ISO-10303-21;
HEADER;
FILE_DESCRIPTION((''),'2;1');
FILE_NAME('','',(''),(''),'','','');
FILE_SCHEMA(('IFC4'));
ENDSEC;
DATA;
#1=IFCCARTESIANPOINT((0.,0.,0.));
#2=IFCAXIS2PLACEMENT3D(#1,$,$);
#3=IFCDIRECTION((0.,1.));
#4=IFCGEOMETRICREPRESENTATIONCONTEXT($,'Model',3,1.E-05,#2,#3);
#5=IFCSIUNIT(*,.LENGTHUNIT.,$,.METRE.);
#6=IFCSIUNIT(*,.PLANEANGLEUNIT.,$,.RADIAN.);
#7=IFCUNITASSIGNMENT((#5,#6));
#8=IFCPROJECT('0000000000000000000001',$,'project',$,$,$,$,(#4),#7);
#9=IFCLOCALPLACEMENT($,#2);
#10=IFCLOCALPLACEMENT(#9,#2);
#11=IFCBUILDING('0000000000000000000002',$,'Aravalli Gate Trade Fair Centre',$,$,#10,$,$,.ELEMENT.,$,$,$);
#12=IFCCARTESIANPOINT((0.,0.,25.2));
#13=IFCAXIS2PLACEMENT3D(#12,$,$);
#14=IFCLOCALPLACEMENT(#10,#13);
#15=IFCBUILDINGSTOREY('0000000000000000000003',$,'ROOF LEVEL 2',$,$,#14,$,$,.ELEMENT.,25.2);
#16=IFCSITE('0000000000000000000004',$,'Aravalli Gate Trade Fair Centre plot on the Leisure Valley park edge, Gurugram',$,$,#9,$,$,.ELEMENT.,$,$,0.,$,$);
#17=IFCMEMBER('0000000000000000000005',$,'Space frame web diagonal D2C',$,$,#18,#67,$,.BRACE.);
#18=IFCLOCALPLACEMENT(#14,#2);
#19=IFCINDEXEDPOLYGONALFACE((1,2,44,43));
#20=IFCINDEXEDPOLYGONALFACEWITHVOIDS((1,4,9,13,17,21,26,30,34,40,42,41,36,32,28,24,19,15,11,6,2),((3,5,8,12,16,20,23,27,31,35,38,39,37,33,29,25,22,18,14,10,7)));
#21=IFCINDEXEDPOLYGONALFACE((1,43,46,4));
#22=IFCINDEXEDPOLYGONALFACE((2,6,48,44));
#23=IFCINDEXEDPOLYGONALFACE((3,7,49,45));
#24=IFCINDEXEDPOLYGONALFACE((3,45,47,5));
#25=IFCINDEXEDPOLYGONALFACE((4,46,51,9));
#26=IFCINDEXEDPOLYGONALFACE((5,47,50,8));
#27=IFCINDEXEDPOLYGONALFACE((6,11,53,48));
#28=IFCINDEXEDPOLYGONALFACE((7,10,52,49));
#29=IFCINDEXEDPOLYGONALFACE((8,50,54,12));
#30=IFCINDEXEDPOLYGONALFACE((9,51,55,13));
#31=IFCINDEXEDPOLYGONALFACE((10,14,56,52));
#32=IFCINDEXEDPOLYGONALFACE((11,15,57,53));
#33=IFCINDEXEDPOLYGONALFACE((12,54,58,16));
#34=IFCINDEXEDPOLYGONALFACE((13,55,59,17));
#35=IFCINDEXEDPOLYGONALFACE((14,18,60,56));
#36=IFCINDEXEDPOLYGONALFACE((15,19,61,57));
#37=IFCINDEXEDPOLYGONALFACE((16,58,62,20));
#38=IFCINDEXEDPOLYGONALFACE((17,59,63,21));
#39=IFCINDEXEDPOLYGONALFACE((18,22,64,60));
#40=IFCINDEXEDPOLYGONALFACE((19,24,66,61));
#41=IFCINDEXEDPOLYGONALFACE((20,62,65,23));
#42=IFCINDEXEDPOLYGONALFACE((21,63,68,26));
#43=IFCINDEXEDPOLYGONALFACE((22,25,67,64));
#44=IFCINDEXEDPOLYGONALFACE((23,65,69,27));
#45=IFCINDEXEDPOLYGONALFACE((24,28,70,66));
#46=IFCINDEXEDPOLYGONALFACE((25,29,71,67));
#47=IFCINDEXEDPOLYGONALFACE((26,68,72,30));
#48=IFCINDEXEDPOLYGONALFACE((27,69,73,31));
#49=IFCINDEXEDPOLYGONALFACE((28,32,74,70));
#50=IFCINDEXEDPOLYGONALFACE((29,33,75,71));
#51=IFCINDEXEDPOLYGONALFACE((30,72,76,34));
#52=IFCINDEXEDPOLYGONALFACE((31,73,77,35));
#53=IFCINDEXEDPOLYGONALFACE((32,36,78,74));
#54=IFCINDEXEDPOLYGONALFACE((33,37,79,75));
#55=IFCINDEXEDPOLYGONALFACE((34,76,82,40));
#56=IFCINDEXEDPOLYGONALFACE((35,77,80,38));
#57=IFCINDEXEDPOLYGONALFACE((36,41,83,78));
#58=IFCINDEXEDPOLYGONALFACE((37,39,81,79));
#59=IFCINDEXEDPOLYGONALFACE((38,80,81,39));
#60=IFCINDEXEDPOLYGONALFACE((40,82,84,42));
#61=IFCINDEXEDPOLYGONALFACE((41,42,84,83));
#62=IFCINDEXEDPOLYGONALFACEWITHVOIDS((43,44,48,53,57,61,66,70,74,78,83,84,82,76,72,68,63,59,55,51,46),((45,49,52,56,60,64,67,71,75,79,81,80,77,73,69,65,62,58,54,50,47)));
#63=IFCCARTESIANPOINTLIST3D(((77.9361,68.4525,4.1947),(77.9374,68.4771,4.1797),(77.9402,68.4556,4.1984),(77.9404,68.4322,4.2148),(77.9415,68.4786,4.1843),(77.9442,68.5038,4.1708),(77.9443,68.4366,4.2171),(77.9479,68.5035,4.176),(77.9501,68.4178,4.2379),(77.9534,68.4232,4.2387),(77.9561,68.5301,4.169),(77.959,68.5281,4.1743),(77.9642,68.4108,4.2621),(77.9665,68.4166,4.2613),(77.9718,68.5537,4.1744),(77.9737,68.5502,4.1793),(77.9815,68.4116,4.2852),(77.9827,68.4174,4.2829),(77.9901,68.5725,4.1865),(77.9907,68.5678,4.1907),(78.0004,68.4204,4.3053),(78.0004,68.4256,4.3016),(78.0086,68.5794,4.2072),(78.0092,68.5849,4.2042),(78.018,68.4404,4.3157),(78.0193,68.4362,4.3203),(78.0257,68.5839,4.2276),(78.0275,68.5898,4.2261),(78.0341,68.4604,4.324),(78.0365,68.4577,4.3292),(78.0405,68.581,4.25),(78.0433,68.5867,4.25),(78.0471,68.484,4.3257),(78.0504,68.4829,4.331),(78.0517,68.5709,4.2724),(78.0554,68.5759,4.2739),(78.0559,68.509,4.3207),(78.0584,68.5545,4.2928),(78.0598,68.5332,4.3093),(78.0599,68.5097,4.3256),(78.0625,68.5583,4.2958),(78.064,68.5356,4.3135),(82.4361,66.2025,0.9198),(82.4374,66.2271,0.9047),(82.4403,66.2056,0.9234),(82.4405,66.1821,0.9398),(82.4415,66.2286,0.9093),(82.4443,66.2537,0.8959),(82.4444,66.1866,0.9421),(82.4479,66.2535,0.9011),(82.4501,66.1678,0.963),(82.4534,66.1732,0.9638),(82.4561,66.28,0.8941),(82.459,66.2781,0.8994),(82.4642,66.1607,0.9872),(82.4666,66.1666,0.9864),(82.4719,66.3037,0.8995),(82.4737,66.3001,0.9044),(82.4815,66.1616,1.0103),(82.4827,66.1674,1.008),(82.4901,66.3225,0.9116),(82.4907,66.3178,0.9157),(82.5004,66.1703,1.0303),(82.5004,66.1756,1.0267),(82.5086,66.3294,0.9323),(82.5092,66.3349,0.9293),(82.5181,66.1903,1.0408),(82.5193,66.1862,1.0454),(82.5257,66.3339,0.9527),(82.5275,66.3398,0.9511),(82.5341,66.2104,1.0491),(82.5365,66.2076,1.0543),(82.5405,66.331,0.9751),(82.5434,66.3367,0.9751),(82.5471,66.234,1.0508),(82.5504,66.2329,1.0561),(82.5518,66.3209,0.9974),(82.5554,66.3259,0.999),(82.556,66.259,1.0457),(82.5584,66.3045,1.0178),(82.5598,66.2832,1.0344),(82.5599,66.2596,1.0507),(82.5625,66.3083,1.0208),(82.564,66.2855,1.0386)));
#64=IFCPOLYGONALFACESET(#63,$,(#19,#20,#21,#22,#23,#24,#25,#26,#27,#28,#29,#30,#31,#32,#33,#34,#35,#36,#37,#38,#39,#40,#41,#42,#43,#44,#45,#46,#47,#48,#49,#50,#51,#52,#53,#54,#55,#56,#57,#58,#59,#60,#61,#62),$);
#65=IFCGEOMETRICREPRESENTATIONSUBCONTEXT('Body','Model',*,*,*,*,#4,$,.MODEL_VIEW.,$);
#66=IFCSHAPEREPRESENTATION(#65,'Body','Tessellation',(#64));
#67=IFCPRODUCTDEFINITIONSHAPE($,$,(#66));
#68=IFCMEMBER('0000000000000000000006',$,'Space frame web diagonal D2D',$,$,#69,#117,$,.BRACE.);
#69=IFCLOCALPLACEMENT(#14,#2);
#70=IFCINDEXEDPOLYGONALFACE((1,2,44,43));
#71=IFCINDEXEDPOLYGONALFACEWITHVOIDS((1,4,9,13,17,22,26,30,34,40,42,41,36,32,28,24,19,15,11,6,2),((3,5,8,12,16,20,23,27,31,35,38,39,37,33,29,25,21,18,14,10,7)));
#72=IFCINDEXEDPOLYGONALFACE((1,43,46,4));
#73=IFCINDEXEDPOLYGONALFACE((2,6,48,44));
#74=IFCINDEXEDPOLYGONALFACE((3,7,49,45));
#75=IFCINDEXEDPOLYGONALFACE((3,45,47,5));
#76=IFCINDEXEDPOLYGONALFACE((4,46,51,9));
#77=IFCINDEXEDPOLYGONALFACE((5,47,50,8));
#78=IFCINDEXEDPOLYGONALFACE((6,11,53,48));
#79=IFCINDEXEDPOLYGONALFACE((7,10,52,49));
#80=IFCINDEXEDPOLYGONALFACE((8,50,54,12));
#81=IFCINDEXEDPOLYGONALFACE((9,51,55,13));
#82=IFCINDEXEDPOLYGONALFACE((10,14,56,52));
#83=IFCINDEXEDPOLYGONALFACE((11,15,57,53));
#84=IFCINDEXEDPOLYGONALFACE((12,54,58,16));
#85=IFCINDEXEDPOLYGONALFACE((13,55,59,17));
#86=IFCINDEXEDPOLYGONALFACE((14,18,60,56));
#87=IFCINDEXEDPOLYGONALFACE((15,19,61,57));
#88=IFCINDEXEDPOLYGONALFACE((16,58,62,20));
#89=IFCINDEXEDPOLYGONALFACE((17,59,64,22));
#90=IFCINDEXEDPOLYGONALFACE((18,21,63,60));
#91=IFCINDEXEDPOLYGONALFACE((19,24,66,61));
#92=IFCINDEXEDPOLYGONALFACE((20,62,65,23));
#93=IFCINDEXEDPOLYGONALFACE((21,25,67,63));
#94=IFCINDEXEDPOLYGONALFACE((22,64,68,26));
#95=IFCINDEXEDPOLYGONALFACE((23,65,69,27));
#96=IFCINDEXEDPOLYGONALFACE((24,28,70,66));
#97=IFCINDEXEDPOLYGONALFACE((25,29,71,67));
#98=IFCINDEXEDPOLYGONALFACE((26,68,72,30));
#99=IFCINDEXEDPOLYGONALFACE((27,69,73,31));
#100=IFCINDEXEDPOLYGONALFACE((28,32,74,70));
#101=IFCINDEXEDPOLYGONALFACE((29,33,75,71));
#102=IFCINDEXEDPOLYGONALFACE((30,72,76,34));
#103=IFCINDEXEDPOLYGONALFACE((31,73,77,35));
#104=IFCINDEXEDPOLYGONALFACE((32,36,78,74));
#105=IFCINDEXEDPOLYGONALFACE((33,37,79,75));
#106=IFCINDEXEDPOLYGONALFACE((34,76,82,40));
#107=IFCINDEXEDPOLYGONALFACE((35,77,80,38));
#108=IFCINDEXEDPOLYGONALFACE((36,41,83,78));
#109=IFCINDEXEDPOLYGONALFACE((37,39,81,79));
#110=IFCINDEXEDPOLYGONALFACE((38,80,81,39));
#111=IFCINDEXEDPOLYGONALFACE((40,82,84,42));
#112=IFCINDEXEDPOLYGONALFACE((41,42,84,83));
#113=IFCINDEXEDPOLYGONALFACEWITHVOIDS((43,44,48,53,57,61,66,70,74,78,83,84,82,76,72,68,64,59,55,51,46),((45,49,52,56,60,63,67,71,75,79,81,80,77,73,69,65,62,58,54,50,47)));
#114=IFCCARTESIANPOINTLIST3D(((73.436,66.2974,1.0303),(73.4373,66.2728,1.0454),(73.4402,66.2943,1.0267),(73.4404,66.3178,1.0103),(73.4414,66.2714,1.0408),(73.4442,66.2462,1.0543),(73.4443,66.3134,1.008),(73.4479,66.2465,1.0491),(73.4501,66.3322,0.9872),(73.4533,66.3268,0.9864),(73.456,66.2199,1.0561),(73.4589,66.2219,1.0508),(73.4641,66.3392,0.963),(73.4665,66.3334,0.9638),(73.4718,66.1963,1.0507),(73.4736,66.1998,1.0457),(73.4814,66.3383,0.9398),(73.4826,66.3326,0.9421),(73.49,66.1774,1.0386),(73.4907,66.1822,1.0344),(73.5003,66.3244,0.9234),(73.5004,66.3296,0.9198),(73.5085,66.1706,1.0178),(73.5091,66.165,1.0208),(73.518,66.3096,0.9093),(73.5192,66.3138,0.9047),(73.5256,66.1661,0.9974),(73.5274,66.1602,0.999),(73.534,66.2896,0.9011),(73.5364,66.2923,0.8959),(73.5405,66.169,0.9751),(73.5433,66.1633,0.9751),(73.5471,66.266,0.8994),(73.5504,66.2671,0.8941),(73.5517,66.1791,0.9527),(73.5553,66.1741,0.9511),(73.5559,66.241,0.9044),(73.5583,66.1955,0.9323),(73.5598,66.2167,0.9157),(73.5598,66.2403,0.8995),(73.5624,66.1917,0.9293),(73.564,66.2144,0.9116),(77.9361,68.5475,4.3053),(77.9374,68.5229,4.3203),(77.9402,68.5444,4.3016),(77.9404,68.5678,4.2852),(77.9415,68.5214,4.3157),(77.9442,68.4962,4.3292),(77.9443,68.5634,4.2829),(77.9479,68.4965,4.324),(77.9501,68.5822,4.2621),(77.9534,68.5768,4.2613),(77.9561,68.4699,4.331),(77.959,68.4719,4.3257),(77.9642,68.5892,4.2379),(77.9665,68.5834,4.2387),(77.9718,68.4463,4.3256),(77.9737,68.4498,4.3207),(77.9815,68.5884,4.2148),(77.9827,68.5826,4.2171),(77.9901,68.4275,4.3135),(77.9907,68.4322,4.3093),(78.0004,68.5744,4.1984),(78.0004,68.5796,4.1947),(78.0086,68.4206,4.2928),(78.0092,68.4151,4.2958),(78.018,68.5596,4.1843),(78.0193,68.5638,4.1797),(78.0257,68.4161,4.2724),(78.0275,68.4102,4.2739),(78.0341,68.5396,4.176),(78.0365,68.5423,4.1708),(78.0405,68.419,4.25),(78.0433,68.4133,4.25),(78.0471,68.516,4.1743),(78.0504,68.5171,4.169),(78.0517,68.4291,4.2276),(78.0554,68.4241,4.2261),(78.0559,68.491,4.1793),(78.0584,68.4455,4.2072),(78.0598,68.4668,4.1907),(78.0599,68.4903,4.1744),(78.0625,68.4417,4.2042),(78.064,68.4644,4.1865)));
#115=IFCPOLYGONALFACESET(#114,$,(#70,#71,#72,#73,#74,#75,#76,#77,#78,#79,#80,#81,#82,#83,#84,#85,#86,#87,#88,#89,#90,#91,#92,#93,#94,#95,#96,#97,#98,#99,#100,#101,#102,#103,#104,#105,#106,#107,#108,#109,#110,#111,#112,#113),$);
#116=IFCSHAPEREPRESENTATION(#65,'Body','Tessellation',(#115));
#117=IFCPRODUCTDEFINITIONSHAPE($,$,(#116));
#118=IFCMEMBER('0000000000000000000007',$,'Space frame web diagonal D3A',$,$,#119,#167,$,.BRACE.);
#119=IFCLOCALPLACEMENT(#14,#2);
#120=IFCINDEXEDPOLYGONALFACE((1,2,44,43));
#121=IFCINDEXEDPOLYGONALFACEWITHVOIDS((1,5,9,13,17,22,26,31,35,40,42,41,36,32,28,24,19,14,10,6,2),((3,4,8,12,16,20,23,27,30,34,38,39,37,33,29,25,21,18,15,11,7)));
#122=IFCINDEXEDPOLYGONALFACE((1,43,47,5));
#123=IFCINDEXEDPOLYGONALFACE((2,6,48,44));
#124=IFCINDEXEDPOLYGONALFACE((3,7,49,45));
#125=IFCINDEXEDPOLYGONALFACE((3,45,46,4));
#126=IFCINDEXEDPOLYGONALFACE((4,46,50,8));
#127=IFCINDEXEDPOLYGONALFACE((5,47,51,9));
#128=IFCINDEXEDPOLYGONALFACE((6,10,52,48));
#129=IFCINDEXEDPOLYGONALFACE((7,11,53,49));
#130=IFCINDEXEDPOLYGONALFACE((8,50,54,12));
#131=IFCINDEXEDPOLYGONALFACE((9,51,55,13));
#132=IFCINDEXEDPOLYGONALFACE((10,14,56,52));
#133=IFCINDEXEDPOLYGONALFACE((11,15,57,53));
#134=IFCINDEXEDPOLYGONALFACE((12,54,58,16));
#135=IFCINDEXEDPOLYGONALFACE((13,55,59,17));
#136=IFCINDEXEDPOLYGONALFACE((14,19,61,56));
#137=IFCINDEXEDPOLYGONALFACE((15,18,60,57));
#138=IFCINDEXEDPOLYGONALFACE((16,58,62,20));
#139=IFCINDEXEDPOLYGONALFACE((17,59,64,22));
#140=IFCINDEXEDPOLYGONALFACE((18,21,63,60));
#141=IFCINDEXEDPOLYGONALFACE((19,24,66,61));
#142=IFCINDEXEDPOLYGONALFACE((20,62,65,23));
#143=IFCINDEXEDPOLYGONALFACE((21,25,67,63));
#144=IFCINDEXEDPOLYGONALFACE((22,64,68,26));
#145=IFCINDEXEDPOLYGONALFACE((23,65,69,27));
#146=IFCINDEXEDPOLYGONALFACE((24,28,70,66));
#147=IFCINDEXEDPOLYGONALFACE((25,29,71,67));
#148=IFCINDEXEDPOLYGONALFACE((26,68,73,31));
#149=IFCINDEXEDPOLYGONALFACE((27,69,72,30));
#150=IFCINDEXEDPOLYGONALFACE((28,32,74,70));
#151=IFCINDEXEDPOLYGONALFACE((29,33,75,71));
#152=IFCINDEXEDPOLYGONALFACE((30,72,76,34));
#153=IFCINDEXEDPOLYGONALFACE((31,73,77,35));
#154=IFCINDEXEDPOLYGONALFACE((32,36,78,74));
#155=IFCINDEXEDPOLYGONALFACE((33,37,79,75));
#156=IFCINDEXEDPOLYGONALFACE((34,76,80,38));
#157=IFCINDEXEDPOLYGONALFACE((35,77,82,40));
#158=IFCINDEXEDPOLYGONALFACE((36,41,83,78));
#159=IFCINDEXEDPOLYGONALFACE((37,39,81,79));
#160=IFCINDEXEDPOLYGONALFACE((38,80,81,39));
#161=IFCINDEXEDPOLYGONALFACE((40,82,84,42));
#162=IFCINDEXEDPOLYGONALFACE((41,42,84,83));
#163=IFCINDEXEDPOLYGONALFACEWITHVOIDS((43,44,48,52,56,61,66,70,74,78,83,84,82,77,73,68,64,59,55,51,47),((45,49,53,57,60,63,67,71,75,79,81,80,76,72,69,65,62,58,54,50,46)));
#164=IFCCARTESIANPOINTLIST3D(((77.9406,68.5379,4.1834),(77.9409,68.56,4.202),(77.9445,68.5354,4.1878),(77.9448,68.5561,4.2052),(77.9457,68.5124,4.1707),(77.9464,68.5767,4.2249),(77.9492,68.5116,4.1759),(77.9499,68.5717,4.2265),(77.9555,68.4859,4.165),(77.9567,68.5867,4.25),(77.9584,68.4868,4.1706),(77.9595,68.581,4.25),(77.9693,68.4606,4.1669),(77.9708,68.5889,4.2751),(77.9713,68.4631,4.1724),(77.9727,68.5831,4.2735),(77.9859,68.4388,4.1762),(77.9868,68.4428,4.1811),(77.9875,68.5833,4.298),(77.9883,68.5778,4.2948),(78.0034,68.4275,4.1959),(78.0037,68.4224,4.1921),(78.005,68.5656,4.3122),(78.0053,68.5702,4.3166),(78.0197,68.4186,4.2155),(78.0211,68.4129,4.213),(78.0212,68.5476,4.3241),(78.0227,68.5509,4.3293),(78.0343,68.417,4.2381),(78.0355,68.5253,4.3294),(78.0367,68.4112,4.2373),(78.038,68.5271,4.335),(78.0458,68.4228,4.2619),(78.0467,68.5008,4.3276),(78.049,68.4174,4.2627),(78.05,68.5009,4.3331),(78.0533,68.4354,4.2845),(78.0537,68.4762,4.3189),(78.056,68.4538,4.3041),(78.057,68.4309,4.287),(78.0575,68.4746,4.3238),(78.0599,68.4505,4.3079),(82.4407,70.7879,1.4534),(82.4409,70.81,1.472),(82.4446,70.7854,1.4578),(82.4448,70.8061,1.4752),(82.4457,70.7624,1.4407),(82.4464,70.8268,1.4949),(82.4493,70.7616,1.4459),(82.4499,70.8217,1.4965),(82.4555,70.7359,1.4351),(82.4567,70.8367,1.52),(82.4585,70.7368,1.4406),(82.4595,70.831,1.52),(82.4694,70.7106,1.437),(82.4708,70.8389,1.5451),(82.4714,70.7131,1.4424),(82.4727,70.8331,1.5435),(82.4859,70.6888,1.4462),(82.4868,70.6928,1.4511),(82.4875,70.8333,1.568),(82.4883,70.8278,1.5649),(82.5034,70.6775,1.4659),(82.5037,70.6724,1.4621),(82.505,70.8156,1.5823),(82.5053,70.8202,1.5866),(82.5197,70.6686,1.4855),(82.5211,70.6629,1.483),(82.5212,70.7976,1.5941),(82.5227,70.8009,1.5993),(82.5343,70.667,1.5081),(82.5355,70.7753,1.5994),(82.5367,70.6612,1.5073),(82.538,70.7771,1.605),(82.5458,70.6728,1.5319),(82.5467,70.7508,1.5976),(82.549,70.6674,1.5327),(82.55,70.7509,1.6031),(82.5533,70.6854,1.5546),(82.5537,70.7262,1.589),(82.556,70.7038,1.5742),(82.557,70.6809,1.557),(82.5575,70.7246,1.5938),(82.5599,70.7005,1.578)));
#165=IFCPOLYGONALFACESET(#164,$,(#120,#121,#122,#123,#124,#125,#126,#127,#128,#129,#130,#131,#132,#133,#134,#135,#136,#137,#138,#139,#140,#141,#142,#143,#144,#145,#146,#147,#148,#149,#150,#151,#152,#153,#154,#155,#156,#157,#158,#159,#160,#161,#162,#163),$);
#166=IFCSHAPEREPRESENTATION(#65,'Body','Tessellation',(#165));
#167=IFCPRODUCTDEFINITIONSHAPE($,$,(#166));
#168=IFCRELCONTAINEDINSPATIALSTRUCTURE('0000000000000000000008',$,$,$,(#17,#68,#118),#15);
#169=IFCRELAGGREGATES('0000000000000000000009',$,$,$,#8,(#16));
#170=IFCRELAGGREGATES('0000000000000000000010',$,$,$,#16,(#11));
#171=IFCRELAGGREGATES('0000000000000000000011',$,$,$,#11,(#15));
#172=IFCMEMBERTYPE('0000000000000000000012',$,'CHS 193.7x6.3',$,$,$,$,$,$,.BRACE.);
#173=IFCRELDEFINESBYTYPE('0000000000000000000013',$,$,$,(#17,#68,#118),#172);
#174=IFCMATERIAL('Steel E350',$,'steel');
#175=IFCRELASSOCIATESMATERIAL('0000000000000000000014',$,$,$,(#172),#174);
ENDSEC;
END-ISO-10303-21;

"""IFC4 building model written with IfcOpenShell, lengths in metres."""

from ifc_helpers import new_model, si_unit, direction, frame, origin, origin_2d, place, context, subcontext, project, spatial, hollow_circle, extrude, material, material_profile, profile_set, type_object, element, save


model = new_model("IFC4")

# Units and contexts
model_context = context("Model", 3, precision=1e-05, world=origin(), true_north=direction((0.0, 1.0)))
body_context = subcontext(model_context, "Body", "Model", "MODEL_VIEW")
ifc_project = project(units=[si_unit("LENGTHUNIT", "METRE"), si_unit("PLANEANGLEUNIT", "RADIAN")], contexts=[model_context])

# Site, building, storey
site_placement = place(None, origin())
site = spatial("IfcSite", under=ifc_project, at=site_placement, Name="Aravalli Gate Trade Fair Centre plot on the Leisure Valley park edge, Gurugram", CompositionType="ELEMENT", RefElevation=0.0)
building_placement = place(site_placement, origin())
building = spatial("IfcBuilding", under=site, at=building_placement, Name="Aravalli Gate Trade Fair Centre", CompositionType="ELEMENT")
storey_placement = place(building_placement, frame((0.0, 0.0, 25.2)))
storey = spatial("IfcBuildingStorey", under=building, at=storey_placement, Name="ROOF LEVEL 2", CompositionType="ELEMENT", Elevation=25.2)

# Members
ifc_material_1 = material(Name="Steel E350", Category="steel")
ifc_material_profile_1 = material_profile(ifc_material_1, hollow_circle(Radius=0.0969, WallThickness=0.0063, at=origin_2d()), Name="CHS 193.7x6.3")
ifc_profile_set_1 = profile_set([ifc_material_profile_1], Name="Steel E350")
member_type_1 = type_object("IfcMemberType", Name="CHS 193.7x6.3", PredefinedType="BRACE", material=ifc_profile_set_1)
for number, where, z_axis, x_axis, name in (
    (1, (78.0, 68.5, 4.25), (0.74961, -0.374805, -0.545533), (0.447214, 0.894427, 0.0), "Space frame web diagonal D2C"),
    (2, (78.0, 68.5, 4.25), (-0.74961, -0.374805, -0.545533), (0.447214, -0.894427, 0.0), "Space frame web diagonal D2D"),
):
    element("IfcMember", number, at=place(storey_placement, frame(where, z_axis=z_axis, x_axis=x_axis)), inside=storey, type_object=member_type_1, Name=name, PredefinedType="BRACE", context=body_context, shape_type="SweptSolid", body=[
        extrude(hollow_circle(Radius=0.0969, WallThickness=0.0063, at=origin_2d()), origin(), (0.0, 0.0, 1.0), 6.0032),
    ])
for number, where, z_axis, x_axis, name in (
    (3, (78.0, 68.5, 4.25), (0.78615, 0.393075, -0.476928), (-0.447214, 0.894427, 0.0), "Space frame web diagonal D3A"),
):
    element("IfcMember", number, at=place(storey_placement, frame(where, z_axis=z_axis, x_axis=x_axis)), inside=storey, type_object=member_type_1, Name=name, PredefinedType="BRACE", context=body_context, shape_type="SweptSolid", body=[
        extrude(hollow_circle(Radius=0.0969, WallThickness=0.0063, at=origin_2d()), origin(), (0.0, 0.0, 1.0), 5.7241),
    ])

save(model, "model.ifc")
